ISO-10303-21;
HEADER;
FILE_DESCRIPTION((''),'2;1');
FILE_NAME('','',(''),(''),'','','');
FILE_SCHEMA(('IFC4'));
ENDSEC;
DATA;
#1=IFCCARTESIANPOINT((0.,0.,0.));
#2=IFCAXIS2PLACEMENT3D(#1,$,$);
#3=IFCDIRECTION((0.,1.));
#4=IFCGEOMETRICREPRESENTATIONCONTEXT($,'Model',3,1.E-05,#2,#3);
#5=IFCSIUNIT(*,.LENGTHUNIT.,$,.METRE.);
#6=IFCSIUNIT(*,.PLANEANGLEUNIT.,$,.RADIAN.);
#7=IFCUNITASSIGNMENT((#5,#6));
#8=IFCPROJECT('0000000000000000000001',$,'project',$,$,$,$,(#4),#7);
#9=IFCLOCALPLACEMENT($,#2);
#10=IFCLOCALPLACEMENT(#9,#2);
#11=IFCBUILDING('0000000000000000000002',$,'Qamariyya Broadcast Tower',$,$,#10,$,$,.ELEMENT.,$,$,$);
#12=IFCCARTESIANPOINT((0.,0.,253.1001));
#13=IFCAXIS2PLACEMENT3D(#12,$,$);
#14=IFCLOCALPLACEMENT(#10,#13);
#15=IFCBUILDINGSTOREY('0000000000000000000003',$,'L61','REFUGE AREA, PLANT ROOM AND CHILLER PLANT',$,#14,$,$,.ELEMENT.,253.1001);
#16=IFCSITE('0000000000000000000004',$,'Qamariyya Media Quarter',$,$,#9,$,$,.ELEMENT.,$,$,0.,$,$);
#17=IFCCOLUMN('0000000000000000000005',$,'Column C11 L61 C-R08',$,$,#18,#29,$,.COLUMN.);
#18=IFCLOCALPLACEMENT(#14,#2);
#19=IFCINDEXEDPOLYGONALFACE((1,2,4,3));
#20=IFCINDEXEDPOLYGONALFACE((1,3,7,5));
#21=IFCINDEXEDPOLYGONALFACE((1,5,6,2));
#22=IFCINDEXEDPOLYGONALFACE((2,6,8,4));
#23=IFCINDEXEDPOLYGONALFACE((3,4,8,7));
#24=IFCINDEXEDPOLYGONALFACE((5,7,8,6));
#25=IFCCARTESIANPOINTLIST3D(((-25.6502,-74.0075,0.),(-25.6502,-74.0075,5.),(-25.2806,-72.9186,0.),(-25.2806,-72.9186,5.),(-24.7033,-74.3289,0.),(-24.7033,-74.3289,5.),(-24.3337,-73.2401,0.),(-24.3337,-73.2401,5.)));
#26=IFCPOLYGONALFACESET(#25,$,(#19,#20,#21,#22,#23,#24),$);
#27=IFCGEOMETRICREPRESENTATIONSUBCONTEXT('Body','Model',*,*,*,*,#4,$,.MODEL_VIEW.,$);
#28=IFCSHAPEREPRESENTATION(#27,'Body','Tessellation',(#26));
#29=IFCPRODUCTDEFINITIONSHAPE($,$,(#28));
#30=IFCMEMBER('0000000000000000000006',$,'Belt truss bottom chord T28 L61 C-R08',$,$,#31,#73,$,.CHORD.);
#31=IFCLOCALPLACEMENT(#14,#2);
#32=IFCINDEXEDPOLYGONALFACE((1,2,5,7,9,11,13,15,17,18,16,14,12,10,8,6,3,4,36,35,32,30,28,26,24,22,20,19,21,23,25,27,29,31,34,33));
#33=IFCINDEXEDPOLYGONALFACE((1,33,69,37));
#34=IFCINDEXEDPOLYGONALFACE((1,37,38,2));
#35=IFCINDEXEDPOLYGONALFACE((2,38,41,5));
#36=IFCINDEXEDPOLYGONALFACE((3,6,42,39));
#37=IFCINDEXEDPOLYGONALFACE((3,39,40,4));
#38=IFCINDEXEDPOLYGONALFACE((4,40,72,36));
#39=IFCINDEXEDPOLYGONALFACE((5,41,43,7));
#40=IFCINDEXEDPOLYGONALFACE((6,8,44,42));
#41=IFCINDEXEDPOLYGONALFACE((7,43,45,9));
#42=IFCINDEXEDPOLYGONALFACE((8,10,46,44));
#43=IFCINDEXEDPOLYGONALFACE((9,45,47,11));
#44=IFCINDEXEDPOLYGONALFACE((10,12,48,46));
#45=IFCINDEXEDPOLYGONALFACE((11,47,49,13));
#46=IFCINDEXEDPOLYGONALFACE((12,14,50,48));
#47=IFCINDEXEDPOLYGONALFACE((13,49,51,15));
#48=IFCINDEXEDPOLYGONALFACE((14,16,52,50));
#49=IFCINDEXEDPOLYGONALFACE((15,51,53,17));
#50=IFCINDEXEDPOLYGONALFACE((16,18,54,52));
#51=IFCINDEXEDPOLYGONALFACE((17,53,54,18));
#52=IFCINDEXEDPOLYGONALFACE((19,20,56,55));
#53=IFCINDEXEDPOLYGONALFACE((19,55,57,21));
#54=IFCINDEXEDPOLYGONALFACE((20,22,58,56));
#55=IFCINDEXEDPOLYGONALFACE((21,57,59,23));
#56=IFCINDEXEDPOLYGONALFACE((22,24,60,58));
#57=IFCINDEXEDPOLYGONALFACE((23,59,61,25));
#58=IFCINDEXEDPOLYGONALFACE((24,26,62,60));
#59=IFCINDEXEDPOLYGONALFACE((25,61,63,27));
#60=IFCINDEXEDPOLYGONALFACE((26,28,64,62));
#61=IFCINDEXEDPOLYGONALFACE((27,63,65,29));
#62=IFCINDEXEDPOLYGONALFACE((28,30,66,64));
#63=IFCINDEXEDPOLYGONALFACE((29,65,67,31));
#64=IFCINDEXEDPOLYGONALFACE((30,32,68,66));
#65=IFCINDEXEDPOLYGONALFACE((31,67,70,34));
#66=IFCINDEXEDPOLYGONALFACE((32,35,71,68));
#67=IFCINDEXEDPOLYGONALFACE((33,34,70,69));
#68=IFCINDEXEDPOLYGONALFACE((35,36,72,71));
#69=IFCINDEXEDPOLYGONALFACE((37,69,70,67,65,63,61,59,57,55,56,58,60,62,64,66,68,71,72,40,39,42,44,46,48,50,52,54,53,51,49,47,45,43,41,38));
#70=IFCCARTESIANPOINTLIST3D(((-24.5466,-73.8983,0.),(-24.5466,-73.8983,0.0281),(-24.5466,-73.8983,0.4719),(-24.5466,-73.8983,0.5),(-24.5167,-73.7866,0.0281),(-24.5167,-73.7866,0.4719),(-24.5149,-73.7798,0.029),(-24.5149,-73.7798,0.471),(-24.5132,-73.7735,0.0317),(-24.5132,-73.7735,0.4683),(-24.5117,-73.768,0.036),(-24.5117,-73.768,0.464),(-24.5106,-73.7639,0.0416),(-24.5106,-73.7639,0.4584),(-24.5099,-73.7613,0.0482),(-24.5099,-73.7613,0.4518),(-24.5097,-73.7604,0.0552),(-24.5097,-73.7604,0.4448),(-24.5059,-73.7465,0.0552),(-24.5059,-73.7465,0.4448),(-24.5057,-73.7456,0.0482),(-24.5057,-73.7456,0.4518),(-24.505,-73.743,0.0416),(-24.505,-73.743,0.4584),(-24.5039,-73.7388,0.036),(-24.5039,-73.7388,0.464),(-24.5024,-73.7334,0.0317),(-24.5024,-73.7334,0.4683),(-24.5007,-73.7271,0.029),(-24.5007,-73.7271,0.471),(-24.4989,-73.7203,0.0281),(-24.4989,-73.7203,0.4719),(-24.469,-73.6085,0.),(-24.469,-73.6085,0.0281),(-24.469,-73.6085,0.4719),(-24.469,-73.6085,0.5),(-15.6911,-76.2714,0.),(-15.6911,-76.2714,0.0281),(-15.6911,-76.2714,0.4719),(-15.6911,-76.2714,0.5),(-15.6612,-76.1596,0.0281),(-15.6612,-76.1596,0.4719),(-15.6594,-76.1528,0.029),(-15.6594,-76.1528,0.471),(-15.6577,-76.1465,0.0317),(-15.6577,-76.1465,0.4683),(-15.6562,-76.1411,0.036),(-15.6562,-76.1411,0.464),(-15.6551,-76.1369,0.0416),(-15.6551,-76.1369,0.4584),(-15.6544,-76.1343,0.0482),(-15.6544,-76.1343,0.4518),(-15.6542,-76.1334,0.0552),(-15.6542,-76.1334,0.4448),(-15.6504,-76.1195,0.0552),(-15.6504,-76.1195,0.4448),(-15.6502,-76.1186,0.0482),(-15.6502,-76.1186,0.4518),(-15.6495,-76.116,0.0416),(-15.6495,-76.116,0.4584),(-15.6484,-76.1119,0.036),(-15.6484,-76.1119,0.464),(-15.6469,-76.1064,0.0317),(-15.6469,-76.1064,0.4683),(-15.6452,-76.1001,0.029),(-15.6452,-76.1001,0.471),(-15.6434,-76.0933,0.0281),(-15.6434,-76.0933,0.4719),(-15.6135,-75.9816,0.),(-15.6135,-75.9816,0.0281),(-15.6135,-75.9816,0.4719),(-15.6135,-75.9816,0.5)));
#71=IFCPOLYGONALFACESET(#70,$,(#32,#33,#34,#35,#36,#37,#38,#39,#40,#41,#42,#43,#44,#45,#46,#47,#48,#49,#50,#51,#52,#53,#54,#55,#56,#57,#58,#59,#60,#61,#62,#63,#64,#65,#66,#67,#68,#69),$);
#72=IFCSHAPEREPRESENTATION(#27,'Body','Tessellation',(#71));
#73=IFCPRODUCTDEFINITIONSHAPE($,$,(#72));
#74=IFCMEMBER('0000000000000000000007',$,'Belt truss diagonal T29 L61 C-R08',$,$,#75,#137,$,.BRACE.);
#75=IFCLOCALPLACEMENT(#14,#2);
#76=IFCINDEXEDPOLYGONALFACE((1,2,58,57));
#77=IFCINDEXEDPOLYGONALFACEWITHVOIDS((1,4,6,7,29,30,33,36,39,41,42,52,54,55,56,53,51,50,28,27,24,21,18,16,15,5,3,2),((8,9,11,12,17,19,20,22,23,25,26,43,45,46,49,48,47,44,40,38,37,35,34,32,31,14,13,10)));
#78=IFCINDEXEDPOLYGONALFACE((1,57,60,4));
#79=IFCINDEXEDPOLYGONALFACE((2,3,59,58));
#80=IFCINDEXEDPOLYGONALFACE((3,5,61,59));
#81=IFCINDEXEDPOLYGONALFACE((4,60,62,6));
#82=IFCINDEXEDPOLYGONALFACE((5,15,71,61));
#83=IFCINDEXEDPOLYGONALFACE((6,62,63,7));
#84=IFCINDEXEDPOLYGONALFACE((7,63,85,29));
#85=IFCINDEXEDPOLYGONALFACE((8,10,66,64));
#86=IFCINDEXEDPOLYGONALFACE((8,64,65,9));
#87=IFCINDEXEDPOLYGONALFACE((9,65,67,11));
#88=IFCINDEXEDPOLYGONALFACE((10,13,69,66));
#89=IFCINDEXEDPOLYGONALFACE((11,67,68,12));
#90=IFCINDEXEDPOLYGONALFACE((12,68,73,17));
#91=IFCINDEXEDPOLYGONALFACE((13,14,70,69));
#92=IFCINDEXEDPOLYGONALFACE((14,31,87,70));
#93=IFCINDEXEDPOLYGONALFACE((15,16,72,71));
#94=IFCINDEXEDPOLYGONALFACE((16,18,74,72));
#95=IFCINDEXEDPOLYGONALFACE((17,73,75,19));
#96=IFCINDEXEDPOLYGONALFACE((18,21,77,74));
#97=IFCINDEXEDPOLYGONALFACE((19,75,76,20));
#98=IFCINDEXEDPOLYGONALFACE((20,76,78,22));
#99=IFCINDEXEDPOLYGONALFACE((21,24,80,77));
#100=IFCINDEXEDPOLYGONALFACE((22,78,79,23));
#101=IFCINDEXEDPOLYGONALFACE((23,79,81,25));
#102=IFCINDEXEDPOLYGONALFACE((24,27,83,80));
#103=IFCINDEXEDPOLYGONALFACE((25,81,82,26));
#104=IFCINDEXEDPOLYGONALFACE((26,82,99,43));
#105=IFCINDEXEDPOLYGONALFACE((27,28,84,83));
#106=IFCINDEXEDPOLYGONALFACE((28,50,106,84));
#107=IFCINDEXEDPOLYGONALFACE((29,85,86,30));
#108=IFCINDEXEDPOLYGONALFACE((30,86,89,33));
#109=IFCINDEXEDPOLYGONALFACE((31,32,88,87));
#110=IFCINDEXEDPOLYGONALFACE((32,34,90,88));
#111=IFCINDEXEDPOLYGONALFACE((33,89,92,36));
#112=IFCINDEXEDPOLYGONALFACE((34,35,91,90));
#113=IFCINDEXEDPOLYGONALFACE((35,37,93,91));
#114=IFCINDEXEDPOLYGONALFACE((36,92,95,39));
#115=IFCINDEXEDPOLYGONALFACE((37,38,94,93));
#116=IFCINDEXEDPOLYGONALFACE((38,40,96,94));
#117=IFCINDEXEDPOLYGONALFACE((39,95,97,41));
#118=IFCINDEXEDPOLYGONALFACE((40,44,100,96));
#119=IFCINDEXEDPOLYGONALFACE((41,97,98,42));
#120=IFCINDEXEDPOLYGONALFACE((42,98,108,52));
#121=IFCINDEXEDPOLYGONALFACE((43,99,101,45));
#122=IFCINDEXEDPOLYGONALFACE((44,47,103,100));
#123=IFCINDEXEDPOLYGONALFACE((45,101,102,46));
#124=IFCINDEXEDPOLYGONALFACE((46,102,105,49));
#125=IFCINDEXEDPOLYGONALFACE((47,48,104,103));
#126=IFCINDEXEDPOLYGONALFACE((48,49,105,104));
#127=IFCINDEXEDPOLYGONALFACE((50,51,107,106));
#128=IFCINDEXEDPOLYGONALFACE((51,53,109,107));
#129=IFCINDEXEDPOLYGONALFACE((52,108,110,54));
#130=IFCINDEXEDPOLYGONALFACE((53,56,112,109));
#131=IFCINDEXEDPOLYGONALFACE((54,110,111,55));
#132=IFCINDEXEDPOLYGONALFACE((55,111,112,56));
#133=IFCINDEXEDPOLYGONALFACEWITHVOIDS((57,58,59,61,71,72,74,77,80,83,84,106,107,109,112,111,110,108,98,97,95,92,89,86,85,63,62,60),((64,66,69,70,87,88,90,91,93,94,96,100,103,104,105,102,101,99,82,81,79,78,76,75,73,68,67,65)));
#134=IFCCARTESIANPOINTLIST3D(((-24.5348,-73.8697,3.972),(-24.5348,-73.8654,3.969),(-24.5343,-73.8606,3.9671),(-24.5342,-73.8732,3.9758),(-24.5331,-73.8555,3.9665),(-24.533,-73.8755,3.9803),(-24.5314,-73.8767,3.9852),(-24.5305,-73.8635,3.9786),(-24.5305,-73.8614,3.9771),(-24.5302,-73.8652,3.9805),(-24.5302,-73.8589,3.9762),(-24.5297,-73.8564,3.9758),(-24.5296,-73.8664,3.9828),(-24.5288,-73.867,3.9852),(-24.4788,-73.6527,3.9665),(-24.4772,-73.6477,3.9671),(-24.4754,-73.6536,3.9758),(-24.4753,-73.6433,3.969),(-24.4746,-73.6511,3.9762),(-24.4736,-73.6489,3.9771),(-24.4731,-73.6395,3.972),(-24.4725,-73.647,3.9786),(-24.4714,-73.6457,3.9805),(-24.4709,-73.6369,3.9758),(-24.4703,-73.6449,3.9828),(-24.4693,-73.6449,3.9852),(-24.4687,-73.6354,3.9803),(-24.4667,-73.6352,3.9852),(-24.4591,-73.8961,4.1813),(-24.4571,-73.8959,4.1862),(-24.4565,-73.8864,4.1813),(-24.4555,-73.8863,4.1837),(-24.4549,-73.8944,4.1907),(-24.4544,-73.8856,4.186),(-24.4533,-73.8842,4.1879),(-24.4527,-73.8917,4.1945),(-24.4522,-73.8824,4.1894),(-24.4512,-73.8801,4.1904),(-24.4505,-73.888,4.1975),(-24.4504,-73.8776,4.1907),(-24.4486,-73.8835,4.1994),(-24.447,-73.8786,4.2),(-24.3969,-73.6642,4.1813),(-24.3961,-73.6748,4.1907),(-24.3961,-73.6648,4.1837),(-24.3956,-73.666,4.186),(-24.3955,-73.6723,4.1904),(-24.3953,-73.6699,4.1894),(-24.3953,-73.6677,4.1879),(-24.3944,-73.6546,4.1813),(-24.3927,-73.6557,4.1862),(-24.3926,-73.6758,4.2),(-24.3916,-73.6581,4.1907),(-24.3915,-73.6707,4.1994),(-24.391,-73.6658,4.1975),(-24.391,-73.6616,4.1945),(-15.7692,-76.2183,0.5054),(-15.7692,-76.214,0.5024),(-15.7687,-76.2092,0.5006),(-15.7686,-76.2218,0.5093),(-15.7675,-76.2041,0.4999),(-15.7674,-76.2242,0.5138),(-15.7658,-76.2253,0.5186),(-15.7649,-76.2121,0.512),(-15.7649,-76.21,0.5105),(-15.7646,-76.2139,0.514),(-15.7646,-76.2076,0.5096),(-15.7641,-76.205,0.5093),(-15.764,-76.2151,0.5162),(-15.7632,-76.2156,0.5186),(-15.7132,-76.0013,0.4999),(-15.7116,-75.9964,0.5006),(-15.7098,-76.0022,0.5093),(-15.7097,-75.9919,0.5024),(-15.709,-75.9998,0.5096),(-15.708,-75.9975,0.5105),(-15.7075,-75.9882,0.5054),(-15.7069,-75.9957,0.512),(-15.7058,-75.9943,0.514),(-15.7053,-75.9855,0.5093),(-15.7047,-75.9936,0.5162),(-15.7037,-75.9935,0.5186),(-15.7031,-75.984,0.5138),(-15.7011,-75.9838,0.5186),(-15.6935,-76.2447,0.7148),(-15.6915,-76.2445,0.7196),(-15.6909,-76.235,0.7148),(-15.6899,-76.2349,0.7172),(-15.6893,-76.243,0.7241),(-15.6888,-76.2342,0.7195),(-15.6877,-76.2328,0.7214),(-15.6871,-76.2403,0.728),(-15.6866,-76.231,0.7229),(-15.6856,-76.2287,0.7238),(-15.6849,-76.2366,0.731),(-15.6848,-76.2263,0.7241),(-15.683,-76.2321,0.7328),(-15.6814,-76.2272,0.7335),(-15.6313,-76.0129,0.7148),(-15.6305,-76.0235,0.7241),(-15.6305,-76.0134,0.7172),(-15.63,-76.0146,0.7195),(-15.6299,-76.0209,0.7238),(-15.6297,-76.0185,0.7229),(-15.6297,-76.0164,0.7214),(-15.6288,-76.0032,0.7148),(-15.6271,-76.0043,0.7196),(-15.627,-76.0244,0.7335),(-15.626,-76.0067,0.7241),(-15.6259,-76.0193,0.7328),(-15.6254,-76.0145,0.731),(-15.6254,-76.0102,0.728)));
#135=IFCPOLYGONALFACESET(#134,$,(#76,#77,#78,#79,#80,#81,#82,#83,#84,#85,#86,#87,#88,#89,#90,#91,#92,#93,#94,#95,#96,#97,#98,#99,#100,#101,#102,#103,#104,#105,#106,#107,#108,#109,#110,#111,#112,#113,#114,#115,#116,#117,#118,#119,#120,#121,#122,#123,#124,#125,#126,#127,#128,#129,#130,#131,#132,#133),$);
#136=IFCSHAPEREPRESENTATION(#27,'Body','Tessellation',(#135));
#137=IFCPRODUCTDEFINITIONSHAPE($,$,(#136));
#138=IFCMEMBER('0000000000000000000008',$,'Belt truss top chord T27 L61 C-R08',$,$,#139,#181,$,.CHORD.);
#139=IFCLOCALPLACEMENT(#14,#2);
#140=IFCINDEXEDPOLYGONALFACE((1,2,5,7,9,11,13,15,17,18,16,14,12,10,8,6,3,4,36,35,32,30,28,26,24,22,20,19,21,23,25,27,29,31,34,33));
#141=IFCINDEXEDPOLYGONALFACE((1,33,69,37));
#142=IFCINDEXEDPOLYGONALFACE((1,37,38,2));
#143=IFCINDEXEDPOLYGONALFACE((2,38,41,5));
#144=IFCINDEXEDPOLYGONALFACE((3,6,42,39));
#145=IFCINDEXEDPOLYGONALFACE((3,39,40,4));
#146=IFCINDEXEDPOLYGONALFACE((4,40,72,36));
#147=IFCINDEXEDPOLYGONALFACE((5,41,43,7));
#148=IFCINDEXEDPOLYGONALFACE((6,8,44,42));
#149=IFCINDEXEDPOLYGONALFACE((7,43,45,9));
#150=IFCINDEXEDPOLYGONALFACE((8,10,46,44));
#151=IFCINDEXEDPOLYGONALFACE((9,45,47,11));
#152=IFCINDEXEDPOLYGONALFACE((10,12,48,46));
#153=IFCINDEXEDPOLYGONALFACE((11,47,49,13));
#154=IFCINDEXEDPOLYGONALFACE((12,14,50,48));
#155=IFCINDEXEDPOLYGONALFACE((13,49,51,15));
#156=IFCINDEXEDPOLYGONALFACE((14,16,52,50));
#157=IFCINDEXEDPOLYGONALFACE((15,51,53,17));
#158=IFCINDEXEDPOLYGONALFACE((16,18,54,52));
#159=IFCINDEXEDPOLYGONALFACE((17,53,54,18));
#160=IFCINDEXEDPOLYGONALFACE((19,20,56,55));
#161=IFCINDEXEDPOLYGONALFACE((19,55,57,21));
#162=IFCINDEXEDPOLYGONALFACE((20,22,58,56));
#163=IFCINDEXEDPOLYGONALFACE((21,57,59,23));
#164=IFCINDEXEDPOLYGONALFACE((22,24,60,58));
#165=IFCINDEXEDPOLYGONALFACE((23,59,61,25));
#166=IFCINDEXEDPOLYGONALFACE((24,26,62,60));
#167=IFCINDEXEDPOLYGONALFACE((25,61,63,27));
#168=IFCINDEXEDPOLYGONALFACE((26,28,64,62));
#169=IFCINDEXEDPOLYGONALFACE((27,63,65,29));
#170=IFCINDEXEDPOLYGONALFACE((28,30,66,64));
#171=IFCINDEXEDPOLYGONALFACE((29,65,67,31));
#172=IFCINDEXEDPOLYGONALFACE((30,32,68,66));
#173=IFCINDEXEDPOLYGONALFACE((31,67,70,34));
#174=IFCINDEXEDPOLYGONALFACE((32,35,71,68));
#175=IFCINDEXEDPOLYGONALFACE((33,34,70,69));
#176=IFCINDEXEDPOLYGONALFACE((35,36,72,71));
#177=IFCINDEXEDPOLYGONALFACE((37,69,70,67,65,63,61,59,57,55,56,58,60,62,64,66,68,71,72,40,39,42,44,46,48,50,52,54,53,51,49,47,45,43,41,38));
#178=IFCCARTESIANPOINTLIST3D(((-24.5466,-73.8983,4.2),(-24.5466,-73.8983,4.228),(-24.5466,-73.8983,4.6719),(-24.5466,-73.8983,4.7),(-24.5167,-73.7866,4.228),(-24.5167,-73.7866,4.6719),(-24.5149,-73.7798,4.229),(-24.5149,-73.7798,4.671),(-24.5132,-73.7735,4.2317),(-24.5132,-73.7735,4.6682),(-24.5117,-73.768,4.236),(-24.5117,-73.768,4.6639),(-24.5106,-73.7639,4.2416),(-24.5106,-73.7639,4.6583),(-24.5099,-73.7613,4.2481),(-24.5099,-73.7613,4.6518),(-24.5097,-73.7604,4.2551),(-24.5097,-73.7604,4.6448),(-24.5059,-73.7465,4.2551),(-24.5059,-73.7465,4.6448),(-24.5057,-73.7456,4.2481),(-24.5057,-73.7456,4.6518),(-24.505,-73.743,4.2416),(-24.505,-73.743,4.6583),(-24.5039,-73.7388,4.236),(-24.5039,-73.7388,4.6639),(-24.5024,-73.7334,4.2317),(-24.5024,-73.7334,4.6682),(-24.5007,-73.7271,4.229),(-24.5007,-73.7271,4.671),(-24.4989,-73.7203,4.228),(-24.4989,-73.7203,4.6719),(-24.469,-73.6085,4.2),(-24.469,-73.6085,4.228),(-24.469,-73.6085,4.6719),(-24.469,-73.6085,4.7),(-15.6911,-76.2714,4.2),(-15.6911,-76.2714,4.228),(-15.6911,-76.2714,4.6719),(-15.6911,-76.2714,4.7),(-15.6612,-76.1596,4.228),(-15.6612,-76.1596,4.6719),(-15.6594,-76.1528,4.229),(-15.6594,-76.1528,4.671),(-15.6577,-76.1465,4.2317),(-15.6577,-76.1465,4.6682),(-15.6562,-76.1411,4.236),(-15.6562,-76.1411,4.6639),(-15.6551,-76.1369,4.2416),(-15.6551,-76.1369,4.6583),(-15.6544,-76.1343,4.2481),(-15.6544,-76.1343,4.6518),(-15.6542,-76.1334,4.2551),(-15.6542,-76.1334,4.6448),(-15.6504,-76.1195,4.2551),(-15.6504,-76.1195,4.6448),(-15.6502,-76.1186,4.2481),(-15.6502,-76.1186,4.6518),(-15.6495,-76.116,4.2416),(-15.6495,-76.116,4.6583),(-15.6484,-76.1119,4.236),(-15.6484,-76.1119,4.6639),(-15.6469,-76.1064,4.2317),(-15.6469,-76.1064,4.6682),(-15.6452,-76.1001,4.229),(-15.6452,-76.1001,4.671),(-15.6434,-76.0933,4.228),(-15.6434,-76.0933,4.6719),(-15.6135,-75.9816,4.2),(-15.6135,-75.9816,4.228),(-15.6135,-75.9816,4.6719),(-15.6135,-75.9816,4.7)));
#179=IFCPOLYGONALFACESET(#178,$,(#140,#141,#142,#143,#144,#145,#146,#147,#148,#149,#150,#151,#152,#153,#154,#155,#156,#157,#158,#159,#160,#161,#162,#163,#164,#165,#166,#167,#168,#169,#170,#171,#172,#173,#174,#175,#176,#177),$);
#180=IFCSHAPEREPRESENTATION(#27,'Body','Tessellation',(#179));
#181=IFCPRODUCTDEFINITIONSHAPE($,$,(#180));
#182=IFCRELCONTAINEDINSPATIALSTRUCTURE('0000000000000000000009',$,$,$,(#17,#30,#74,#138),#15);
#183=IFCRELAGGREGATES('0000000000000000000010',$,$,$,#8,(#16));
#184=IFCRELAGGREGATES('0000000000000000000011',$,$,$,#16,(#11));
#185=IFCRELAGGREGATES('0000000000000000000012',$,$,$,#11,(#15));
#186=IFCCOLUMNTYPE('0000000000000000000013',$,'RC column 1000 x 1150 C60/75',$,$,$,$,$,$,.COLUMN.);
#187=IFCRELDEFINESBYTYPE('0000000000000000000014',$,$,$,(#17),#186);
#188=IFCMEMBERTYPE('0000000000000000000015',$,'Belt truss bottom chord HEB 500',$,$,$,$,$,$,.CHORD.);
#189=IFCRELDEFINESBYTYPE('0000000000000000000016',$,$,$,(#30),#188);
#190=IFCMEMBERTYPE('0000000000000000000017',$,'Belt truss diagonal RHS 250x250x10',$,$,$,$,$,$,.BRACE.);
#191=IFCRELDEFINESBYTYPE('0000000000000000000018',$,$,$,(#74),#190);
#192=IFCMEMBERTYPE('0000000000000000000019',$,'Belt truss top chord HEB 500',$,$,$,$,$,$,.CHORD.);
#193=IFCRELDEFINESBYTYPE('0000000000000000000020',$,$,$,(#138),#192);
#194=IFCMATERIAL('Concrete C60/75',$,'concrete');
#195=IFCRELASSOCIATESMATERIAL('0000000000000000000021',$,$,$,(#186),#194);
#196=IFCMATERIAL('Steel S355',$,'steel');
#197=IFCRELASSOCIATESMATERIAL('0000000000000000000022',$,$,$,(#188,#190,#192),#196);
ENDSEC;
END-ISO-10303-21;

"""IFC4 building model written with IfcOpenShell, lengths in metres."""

from ifc_helpers import new_model, si_unit, direction, frame, origin, origin_2d, place, context, subcontext, project, spatial, rectangle, hollow_rectangle, i_section, extrude, material, material_profile, profile_set, type_object, element, save


model = new_model("IFC4")

# Units and contexts
model_context = context("Model", 3, precision=1e-05, world=origin(), true_north=direction((0.0, 1.0)))
body_context = subcontext(model_context, "Body", "Model", "MODEL_VIEW")
ifc_project = project(units=[si_unit("LENGTHUNIT", "METRE"), si_unit("PLANEANGLEUNIT", "RADIAN")], contexts=[model_context])

# Site, building, storey
site_placement = place(None, origin())
site = spatial("IfcSite", under=ifc_project, at=site_placement, Name="Qamariyya Media Quarter", CompositionType="ELEMENT", RefElevation=0.0)
building_placement = place(site_placement, origin())
building = spatial("IfcBuilding", under=site, at=building_placement, Name="Qamariyya Broadcast Tower", CompositionType="ELEMENT")
storey_placement = place(building_placement, frame((0.0, 0.0, 253.1001)))
storey = spatial("IfcBuildingStorey", under=building, at=storey_placement, Name="L61", Description="REFUGE AREA, PLANT ROOM AND CHILLER PLANT", CompositionType="ELEMENT", Elevation=253.1001)

# Column
ifc_material_1 = material(Name="Concrete C60/75", Category="concrete")
ifc_material_profile_1 = material_profile(ifc_material_1, rectangle(XDim=1.0, YDim=1.1499, at=origin_2d()))
ifc_profile_set_1 = profile_set([ifc_material_profile_1], Name="Concrete C60/75")
column_type = type_object("IfcColumnType", Name="RC column 1000 x 1150 C60/75", PredefinedType="COLUMN", material=ifc_profile_set_1)
column_placement = place(storey_placement, frame((-24.9919, -73.6238, 0.0), z_axis=(0.0, 0.0, 1.0), x_axis=(0.94693, -0.321439, 0.0)))
element("IfcColumn", 1, at=column_placement, inside=storey, type_object=column_type, Name="Column C11 L61 C-R08", PredefinedType="COLUMN", context=body_context, shape_type="SweptSolid", body=[
    extrude(rectangle(XDim=1.0, YDim=1.1499, at=origin_2d()), origin(), (0.0, 0.0, 1.0), 5.0),
])

# Members
ifc_material_2 = material(Name="Steel S355", Category="steel")
ifc_material_profile_2 = material_profile(ifc_material_2, i_section(OverallWidth=0.3, OverallDepth=0.5, WebThickness=0.0144, FlangeThickness=0.0281, FilletRadius=0.0271, at=origin_2d()))
ifc_profile_set_2 = profile_set([ifc_material_profile_2], Name="Steel S355")
member_type_1 = type_object("IfcMemberType", Name="Belt truss bottom chord HEB 500", PredefinedType="CHORD", material=ifc_profile_set_2)
member_1_placement = place(storey_placement, frame((-24.5078, -73.7534, 0.25), z_axis=(0.96592, -0.258843, 0.0), x_axis=(0.258843, 0.96592, 0.0)))
element("IfcMember", 2, at=member_1_placement, inside=storey, type_object=member_type_1, Name="Belt truss bottom chord T28 L61 C-R08", PredefinedType="CHORD", context=body_context, shape_type="SweptSolid", body=[
    extrude(i_section(OverallWidth=0.3, OverallDepth=0.5, WebThickness=0.0144, FlangeThickness=0.0281, FilletRadius=0.0271, at=origin_2d()), origin(), (0.0, 0.0, 1.0), 9.168),
])
ifc_material_profile_3 = material_profile(ifc_material_2, hollow_rectangle(XDim=0.25, YDim=0.25, WallThickness=0.01, InnerFilletRadius=0.01, OuterFilletRadius=0.02, at=origin_2d()))
ifc_profile_set_3 = profile_set([ifc_material_profile_3], Name="Steel S355")
member_type_2 = type_object("IfcMemberType", Name="Belt truss diagonal RHS 250x250x10", PredefinedType="BRACE", material=ifc_profile_set_3)
member_2_placement = place(storey_placement, frame((-24.4629, -73.7656, 4.0833), z_axis=(0.902335, -0.241769, -0.356847), x_axis=(0.258808, 0.965929, 0.0)))
element("IfcMember", 3, at=member_2_placement, inside=storey, type_object=member_type_2, Name="Belt truss diagonal T29 L61 C-R08", PredefinedType="BRACE", context=body_context, shape_type="SweptSolid", body=[
    extrude(hollow_rectangle(XDim=0.25, YDim=0.25, WallThickness=0.01, InnerFilletRadius=0.01, OuterFilletRadius=0.02, at=origin_2d()), origin(), (0.0, 0.0, 1.0), 9.7144),
])
ifc_material_profile_4 = material_profile(ifc_material_2, i_section(OverallWidth=0.3, OverallDepth=0.5, WebThickness=0.0144, FlangeThickness=0.0281, FilletRadius=0.0271, at=origin_2d()))
ifc_profile_set_4 = profile_set([ifc_material_profile_4], Name="Steel S355")
member_type_3 = type_object("IfcMemberType", Name="Belt truss top chord HEB 500", PredefinedType="CHORD", material=ifc_profile_set_4)
member_3_placement = place(storey_placement, frame((-24.5078, -73.7534, 4.45), z_axis=(0.96592, -0.258843, 0.0), x_axis=(0.258843, 0.96592, 0.0)))
element("IfcMember", 4, at=member_3_placement, inside=storey, type_object=member_type_3, Name="Belt truss top chord T27 L61 C-R08", PredefinedType="CHORD", context=body_context, shape_type="SweptSolid", body=[
    extrude(i_section(OverallWidth=0.3, OverallDepth=0.5, WebThickness=0.0144, FlangeThickness=0.0281, FilletRadius=0.0271, at=origin_2d()), origin(), (0.0, 0.0, 1.0), 9.168),
])

save(model, "model.ifc")
